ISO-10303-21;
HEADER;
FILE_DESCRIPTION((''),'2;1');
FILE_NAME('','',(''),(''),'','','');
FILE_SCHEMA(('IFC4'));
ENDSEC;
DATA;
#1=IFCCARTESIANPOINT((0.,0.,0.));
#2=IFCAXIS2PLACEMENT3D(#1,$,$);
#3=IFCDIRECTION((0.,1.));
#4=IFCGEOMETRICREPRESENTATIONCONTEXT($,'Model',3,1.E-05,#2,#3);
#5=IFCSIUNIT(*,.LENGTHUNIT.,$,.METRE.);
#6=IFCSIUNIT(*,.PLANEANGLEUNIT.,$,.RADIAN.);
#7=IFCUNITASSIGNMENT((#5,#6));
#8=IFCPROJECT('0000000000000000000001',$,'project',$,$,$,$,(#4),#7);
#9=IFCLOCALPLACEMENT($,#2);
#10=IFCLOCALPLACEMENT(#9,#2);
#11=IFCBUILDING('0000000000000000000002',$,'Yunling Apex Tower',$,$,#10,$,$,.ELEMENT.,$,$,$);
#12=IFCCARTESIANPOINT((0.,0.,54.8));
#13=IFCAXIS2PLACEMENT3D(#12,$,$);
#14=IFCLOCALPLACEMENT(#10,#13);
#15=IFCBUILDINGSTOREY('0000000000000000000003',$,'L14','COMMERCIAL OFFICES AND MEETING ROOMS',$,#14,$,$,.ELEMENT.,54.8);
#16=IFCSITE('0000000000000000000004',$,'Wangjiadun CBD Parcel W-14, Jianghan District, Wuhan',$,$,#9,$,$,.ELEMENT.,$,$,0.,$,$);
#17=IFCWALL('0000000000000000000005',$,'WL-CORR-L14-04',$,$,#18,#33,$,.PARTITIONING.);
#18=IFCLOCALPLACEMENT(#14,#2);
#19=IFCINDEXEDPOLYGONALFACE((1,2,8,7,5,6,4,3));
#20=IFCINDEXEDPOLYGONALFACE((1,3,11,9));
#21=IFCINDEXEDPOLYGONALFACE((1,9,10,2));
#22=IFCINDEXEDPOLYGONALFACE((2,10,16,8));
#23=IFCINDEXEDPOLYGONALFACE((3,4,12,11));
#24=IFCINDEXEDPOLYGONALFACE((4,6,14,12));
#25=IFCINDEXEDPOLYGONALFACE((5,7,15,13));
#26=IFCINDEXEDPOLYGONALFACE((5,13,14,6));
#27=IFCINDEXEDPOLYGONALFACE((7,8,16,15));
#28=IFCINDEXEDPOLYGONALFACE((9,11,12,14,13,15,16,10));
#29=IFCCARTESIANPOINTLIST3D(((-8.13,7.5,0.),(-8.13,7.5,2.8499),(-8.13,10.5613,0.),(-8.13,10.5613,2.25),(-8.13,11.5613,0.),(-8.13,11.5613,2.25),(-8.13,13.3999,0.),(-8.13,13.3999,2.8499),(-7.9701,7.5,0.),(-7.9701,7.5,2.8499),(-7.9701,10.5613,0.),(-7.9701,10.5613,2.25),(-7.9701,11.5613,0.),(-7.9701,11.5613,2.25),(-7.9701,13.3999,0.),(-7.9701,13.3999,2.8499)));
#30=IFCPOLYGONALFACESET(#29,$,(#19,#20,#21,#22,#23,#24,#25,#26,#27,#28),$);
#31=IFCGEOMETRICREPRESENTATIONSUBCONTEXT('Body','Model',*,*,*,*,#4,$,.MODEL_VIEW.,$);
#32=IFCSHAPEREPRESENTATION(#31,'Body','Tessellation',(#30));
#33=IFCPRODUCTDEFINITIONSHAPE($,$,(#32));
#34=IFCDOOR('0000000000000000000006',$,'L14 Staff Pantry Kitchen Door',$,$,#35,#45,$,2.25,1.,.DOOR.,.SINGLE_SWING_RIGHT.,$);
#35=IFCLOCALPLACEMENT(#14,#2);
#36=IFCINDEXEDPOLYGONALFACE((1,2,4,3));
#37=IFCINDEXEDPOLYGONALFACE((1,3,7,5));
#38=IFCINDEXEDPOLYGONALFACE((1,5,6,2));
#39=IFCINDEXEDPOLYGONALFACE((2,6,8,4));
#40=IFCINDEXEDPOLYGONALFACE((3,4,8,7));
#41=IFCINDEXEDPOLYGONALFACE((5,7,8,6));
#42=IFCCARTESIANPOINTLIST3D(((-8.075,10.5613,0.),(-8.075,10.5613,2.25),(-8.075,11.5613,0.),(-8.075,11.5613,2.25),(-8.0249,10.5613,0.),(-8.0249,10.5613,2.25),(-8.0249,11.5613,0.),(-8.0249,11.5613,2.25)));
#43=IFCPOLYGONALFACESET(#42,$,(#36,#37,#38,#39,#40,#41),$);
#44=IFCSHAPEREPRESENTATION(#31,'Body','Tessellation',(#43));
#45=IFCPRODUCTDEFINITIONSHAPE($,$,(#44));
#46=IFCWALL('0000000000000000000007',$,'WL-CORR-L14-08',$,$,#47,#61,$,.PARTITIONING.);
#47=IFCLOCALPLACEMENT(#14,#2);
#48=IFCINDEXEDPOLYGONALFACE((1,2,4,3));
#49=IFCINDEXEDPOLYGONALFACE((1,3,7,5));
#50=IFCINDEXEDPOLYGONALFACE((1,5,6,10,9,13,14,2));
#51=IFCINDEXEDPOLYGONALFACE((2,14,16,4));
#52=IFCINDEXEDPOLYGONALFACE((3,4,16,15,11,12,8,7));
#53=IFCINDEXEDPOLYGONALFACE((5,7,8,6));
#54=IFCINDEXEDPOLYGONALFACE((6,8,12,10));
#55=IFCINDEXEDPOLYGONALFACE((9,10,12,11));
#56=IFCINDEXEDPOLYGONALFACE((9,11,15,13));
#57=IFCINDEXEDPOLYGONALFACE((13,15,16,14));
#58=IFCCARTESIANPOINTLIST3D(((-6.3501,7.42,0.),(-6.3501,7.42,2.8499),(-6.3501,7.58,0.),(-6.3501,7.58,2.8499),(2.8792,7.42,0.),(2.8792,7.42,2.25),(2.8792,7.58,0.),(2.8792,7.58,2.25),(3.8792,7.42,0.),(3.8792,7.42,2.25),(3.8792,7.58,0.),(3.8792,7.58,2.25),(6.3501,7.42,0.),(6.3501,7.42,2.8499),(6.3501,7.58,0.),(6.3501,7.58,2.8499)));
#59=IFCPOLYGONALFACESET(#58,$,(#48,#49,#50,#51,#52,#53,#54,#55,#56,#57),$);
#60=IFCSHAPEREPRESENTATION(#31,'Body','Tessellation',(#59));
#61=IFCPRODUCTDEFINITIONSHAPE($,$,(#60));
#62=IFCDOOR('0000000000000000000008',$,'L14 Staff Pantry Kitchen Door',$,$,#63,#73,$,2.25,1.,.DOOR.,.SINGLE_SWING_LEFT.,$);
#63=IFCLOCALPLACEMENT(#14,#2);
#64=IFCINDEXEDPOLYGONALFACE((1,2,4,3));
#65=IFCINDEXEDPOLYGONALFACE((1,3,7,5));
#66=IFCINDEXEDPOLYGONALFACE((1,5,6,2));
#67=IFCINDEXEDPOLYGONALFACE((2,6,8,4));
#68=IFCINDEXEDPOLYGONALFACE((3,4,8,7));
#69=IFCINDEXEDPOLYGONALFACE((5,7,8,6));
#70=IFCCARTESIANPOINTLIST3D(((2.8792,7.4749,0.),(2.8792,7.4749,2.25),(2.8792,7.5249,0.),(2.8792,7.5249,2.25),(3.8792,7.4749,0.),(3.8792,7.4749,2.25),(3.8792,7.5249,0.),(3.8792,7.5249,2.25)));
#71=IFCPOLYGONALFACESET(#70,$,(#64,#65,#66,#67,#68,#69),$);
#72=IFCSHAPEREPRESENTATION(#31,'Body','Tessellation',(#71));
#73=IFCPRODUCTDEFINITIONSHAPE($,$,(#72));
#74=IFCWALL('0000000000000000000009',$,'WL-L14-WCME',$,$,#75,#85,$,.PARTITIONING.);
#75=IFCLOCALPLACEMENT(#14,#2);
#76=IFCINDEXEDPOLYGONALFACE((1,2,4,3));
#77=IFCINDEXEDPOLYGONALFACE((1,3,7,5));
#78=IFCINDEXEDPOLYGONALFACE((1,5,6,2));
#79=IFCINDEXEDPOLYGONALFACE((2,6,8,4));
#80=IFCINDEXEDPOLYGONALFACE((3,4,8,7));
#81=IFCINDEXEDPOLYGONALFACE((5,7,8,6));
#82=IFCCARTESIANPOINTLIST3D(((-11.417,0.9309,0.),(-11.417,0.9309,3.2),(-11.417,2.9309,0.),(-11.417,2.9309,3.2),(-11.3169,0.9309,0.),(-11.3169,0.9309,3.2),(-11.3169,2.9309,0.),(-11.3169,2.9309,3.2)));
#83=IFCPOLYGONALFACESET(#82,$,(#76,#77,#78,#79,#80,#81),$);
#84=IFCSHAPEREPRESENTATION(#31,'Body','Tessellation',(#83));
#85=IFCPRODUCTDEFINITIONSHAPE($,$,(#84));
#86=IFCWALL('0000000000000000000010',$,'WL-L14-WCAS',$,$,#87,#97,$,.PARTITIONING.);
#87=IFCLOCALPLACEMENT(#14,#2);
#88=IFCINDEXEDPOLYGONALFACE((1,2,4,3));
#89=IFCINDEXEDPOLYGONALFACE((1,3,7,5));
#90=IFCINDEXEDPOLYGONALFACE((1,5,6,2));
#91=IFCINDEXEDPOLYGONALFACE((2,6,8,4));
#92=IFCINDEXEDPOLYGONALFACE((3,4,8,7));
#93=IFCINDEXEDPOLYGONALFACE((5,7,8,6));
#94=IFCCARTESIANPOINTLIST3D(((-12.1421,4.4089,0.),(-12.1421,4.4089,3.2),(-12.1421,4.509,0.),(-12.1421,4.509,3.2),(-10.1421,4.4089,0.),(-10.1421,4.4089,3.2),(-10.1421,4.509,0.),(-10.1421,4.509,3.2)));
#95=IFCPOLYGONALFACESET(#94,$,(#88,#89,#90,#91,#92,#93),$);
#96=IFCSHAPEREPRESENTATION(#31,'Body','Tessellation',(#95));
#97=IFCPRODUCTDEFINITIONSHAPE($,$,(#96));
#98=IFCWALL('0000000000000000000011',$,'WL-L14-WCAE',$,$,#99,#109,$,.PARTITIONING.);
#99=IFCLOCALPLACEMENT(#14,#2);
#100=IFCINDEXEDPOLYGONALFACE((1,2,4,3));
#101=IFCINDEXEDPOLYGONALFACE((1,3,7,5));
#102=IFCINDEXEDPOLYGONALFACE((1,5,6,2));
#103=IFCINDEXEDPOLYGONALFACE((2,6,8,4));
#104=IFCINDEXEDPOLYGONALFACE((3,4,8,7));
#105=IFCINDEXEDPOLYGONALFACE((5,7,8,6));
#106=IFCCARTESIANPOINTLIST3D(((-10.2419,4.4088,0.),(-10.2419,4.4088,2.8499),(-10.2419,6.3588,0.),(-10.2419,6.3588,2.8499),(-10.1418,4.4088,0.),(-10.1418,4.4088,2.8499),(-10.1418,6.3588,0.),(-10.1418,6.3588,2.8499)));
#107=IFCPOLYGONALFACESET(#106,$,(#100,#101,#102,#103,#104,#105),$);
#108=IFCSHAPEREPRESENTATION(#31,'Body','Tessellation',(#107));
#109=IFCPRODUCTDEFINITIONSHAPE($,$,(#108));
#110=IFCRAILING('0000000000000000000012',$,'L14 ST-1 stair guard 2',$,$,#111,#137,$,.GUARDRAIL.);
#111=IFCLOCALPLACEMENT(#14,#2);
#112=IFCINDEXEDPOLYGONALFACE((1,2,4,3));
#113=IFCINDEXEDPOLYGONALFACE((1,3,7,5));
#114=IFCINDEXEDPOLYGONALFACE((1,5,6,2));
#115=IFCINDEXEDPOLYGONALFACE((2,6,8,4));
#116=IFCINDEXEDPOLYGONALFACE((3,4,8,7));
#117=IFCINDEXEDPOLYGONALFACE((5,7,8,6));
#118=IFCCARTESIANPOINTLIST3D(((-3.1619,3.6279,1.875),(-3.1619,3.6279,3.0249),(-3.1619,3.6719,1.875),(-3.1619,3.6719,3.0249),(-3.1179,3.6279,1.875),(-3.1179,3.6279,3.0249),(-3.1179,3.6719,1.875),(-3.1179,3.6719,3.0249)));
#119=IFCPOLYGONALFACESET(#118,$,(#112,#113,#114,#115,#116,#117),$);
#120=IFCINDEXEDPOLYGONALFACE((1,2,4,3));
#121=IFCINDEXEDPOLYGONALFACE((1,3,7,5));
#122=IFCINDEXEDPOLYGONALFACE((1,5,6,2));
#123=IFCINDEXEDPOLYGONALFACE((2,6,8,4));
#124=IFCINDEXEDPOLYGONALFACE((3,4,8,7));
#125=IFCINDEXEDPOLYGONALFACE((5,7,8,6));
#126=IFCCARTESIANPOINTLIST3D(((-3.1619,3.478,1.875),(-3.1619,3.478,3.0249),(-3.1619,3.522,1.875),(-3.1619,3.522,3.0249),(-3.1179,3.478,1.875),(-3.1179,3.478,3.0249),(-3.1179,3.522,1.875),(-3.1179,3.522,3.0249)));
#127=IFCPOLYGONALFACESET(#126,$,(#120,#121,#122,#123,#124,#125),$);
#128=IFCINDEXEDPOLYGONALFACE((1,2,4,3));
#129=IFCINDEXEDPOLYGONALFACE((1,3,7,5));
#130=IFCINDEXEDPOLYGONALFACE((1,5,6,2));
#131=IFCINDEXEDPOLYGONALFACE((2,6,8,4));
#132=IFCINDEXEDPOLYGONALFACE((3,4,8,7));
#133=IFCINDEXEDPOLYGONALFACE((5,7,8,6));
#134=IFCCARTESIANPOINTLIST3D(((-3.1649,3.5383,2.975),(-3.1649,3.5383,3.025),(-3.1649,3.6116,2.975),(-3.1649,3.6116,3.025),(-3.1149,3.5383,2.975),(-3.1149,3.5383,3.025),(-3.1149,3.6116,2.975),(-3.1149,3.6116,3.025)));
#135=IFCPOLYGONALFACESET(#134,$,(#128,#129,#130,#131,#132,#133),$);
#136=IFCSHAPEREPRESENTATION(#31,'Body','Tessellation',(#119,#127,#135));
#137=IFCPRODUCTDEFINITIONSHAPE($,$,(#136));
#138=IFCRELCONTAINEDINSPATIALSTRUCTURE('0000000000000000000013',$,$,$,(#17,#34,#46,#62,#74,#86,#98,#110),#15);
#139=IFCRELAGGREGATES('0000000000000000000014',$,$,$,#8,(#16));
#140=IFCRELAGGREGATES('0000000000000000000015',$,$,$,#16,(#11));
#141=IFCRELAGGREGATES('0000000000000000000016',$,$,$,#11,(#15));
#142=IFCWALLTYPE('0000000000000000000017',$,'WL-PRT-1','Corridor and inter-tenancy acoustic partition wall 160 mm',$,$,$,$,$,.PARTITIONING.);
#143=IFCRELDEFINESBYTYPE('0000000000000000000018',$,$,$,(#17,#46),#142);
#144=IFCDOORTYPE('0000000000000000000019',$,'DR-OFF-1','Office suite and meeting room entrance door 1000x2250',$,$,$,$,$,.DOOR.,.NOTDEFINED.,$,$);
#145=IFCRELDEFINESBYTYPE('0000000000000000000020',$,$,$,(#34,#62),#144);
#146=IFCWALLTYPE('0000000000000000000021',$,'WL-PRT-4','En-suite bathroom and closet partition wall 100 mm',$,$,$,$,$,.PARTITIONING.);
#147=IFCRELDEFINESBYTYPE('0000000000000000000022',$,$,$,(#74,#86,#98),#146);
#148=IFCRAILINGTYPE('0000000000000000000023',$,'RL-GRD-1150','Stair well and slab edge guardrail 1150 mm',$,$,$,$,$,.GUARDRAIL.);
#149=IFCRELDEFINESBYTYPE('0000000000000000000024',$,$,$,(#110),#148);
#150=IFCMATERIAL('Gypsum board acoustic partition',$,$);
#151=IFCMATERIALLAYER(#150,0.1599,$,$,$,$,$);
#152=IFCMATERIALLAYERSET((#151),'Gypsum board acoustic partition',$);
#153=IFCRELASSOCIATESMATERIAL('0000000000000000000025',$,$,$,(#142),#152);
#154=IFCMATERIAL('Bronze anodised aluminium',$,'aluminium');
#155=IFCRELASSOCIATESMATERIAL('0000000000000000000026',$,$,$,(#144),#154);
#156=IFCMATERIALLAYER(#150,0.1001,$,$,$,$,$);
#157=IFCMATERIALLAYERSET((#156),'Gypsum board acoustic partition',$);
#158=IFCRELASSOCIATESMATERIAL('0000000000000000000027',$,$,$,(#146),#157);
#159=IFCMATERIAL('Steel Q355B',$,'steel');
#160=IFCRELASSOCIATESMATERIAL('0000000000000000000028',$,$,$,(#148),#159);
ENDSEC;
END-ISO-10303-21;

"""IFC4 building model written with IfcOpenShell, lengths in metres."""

from ifc_helpers import new_model, si_unit, direction, frame, frame_2d, origin, origin_2d, place, context, subcontext, project, spatial, rectangle, extrude, material, layer, layer_set, type_object, element, fill, save


model = new_model("IFC4")

# Units and contexts
model_context = context("Model", 3, precision=1e-05, world=origin(), true_north=direction((0.0, 1.0)))
body_context = subcontext(model_context, "Body", "Model", "MODEL_VIEW")
ifc_project = project(units=[si_unit("LENGTHUNIT", "METRE"), si_unit("PLANEANGLEUNIT", "RADIAN")], contexts=[model_context])

# Site, building, storey
site_placement = place(None, origin())
site = spatial("IfcSite", under=ifc_project, at=site_placement, Name="Wangjiadun CBD Parcel W-14, Jianghan District, Wuhan", CompositionType="ELEMENT", RefElevation=0.0)
building_placement = place(site_placement, origin())
building = spatial("IfcBuilding", under=site, at=building_placement, Name="Yunling Apex Tower", CompositionType="ELEMENT")
storey_placement = place(building_placement, frame((0.0, 0.0, 54.8)))
storey = spatial("IfcBuildingStorey", under=building, at=storey_placement, Name="L14", Description="COMMERCIAL OFFICES AND MEETING ROOMS", CompositionType="ELEMENT", Elevation=54.8)

# Shared definitions
ifc_material_1 = material(Name="Steel Q355B", Category="steel")

# Walls, openings, doors
ifc_material_2 = material(Name="Gypsum board acoustic partition")
ifc_layer_1 = layer(ifc_material_2, 0.1599)
ifc_layer_set_1 = layer_set([ifc_layer_1], Name="Gypsum board acoustic partition")
wall_type_1 = type_object("IfcWallType", Name="WL-PRT-1", Description="Corridor and inter-tenancy acoustic partition wall 160 mm", PredefinedType="PARTITIONING", material=ifc_layer_set_1)
wall_1_placement = place(storey_placement, frame((-8.05, 7.5, 0.0), z_axis=(0.0, 0.0, 1.0), x_axis=(0.0, 1.0, 0.0)))
wall_1 = element("IfcWall", 1, at=wall_1_placement, inside=storey, type_object=wall_type_1, Name="WL-CORR-L14-04", PredefinedType="PARTITIONING", context=body_context, shape_type="SweptSolid", body=[
    extrude(rectangle(XDim=5.8999, YDim=0.1599, at=frame_2d((2.95, 0.0))), origin(), (0.0, 0.0, 1.0), 2.8499),
])
opening_1_placement = place(wall_1_placement, frame((3.0613, 0.0, 0.0)))
opening_1 = element("IfcOpeningElement", 2, at=opening_1_placement, cuts=wall_1, PredefinedType="OPENING", context=body_context, shape_type="SweptSolid", body=[
    extrude(rectangle(XDim=1.0, YDim=2.25, at=frame_2d((0.5, 1.125))), frame((0.0, 0.0898, 0.0), z_axis=(0.0, -1.0, 0.0), x_axis=(1.0, 0.0, 0.0)), (0.0, 0.0, 1.0), 0.1799),
])
ifc_material_3 = material(Name="Bronze anodised aluminium", Category="aluminium")
door_type_1 = type_object("IfcDoorType", Name="DR-OFF-1", Description="Office suite and meeting room entrance door 1000x2250", OperationType="NOTDEFINED", PredefinedType="DOOR", material=ifc_material_3)
door_1_placement = place(opening_1_placement, origin())
door_1 = element("IfcDoor", 3, at=door_1_placement, inside=storey, type_object=door_type_1, Name="L14 Staff Pantry Kitchen Door", OperationType="SINGLE_SWING_RIGHT", OverallHeight=2.25, OverallWidth=1.0, PredefinedType="DOOR", context=body_context, shape_type="SweptSolid", body=[
    extrude(rectangle(XDim=1.0, YDim=2.25, at=frame_2d((0.5, 1.125))), frame((0.0, 0.0249, 0.0), z_axis=(0.0, -1.0, 0.0), x_axis=(1.0, 0.0, 0.0)), (0.0, 0.0, 1.0), 0.05),
])
fill(opening_1, door_1)
wall_2_placement = place(storey_placement, frame((-6.3501, 7.5, 0.0), z_axis=(0.0, 0.0, 1.0), x_axis=(1.0, 0.0, 0.0)))
wall_2 = element("IfcWall", 4, at=wall_2_placement, inside=storey, type_object=wall_type_1, Name="WL-CORR-L14-08", PredefinedType="PARTITIONING", context=body_context, shape_type="SweptSolid", body=[
    extrude(rectangle(XDim=12.7002, YDim=0.1599, at=frame_2d((6.3501, 0.0))), origin(), (0.0, 0.0, 1.0), 2.8499),
])
opening_2_placement = place(wall_2_placement, frame((9.2292, 0.0, 0.0)))
opening_2 = element("IfcOpeningElement", 5, at=opening_2_placement, cuts=wall_2, PredefinedType="OPENING", context=body_context, shape_type="SweptSolid", body=[
    extrude(rectangle(XDim=1.0, YDim=2.25, at=frame_2d((0.5, 1.125))), frame((0.0, 0.0898, 0.0), z_axis=(0.0, -1.0, 0.0), x_axis=(1.0, 0.0, 0.0)), (0.0, 0.0, 1.0), 0.1799),
])
door_2_placement = place(opening_2_placement, origin())
door_2 = element("IfcDoor", 6, at=door_2_placement, inside=storey, type_object=door_type_1, Name="L14 Staff Pantry Kitchen Door", OperationType="SINGLE_SWING_LEFT", OverallHeight=2.25, OverallWidth=1.0, PredefinedType="DOOR", context=body_context, shape_type="SweptSolid", body=[
    extrude(rectangle(XDim=1.0, YDim=2.25, at=frame_2d((0.5, 1.125))), frame((0.0, 0.0249, 0.0), z_axis=(0.0, -1.0, 0.0), x_axis=(1.0, 0.0, 0.0)), (0.0, 0.0, 1.0), 0.05),
])
fill(opening_2, door_2)

# Walls
ifc_layer_2 = layer(ifc_material_2, 0.1001)
ifc_layer_set_2 = layer_set([ifc_layer_2], Name="Gypsum board acoustic partition")
wall_type_2 = type_object("IfcWallType", Name="WL-PRT-4", Description="En-suite bathroom and closet partition wall 100 mm", PredefinedType="PARTITIONING", material=ifc_layer_set_2)
for number, where, z_axis, x_axis, name in (
    (7, (-11.3669, 2.9309, 0.0), (0.0, 0.0, 1.0), (0.0, -1.0, 0.0), "WL-L14-WCME"),
    (8, (-10.1421, 4.459, 0.0), (0.0, 0.0, 1.0), (-1.0, 0.0, 0.0), "WL-L14-WCAS"),
):
    element("IfcWall", number, at=place(storey_placement, frame(where, z_axis=z_axis, x_axis=x_axis)), inside=storey, type_object=wall_type_2, Name=name, PredefinedType="PARTITIONING", context=body_context, shape_type="SweptSolid", body=[
        extrude(rectangle(XDim=2.0, YDim=0.1001, at=frame_2d((1.0, 0.0))), origin(), (0.0, 0.0, 1.0), 3.2),
    ])
wall_3_placement = place(storey_placement, frame((-10.1919, 6.3589, 0.0), z_axis=(0.0, 0.0, 1.0), x_axis=(0.0, -1.0, 0.0)))
element("IfcWall", 9, at=wall_3_placement, inside=storey, type_object=wall_type_2, Name="WL-L14-WCAE", PredefinedType="PARTITIONING", context=body_context, shape_type="SweptSolid", body=[
    extrude(rectangle(XDim=1.95, YDim=0.1001, at=frame_2d((0.9751, 0.0))), origin(), (0.0, 0.0, 1.0), 2.8499),
])

# Railing
railing_type = type_object("IfcRailingType", Name="RL-GRD-1150", Description="Stair well and slab edge guardrail 1150 mm", PredefinedType="GUARDRAIL", material=ifc_material_1)
railing_placement = place(storey_placement, frame((-3.1399, 3.6499, 1.875)))
element("IfcRailing", 10, at=railing_placement, inside=storey, type_object=railing_type, Name="L14 ST-1 stair guard 2", PredefinedType="GUARDRAIL", context=body_context, shape_type="SweptSolid", body=[
    extrude(rectangle(XDim=0.0439, YDim=0.0439, at=origin_2d()), origin(), (0.0, 0.0, 1.0), 1.1499),
    extrude(rectangle(XDim=0.0439, YDim=0.0439, at=origin_2d()), frame((0.0, -0.1499, 0.0)), (0.0, 0.0, 1.0), 1.1499),
    extrude(rectangle(XDim=0.05, YDim=0.05, at=origin_2d()), frame((0.0, -0.0383, 1.125), z_axis=(0.0, -1.0, 0.0), x_axis=(1.0, 0.0, 0.0)), (0.0, 0.0, 1.0), 0.0732),
])

save(model, "model.ifc")
